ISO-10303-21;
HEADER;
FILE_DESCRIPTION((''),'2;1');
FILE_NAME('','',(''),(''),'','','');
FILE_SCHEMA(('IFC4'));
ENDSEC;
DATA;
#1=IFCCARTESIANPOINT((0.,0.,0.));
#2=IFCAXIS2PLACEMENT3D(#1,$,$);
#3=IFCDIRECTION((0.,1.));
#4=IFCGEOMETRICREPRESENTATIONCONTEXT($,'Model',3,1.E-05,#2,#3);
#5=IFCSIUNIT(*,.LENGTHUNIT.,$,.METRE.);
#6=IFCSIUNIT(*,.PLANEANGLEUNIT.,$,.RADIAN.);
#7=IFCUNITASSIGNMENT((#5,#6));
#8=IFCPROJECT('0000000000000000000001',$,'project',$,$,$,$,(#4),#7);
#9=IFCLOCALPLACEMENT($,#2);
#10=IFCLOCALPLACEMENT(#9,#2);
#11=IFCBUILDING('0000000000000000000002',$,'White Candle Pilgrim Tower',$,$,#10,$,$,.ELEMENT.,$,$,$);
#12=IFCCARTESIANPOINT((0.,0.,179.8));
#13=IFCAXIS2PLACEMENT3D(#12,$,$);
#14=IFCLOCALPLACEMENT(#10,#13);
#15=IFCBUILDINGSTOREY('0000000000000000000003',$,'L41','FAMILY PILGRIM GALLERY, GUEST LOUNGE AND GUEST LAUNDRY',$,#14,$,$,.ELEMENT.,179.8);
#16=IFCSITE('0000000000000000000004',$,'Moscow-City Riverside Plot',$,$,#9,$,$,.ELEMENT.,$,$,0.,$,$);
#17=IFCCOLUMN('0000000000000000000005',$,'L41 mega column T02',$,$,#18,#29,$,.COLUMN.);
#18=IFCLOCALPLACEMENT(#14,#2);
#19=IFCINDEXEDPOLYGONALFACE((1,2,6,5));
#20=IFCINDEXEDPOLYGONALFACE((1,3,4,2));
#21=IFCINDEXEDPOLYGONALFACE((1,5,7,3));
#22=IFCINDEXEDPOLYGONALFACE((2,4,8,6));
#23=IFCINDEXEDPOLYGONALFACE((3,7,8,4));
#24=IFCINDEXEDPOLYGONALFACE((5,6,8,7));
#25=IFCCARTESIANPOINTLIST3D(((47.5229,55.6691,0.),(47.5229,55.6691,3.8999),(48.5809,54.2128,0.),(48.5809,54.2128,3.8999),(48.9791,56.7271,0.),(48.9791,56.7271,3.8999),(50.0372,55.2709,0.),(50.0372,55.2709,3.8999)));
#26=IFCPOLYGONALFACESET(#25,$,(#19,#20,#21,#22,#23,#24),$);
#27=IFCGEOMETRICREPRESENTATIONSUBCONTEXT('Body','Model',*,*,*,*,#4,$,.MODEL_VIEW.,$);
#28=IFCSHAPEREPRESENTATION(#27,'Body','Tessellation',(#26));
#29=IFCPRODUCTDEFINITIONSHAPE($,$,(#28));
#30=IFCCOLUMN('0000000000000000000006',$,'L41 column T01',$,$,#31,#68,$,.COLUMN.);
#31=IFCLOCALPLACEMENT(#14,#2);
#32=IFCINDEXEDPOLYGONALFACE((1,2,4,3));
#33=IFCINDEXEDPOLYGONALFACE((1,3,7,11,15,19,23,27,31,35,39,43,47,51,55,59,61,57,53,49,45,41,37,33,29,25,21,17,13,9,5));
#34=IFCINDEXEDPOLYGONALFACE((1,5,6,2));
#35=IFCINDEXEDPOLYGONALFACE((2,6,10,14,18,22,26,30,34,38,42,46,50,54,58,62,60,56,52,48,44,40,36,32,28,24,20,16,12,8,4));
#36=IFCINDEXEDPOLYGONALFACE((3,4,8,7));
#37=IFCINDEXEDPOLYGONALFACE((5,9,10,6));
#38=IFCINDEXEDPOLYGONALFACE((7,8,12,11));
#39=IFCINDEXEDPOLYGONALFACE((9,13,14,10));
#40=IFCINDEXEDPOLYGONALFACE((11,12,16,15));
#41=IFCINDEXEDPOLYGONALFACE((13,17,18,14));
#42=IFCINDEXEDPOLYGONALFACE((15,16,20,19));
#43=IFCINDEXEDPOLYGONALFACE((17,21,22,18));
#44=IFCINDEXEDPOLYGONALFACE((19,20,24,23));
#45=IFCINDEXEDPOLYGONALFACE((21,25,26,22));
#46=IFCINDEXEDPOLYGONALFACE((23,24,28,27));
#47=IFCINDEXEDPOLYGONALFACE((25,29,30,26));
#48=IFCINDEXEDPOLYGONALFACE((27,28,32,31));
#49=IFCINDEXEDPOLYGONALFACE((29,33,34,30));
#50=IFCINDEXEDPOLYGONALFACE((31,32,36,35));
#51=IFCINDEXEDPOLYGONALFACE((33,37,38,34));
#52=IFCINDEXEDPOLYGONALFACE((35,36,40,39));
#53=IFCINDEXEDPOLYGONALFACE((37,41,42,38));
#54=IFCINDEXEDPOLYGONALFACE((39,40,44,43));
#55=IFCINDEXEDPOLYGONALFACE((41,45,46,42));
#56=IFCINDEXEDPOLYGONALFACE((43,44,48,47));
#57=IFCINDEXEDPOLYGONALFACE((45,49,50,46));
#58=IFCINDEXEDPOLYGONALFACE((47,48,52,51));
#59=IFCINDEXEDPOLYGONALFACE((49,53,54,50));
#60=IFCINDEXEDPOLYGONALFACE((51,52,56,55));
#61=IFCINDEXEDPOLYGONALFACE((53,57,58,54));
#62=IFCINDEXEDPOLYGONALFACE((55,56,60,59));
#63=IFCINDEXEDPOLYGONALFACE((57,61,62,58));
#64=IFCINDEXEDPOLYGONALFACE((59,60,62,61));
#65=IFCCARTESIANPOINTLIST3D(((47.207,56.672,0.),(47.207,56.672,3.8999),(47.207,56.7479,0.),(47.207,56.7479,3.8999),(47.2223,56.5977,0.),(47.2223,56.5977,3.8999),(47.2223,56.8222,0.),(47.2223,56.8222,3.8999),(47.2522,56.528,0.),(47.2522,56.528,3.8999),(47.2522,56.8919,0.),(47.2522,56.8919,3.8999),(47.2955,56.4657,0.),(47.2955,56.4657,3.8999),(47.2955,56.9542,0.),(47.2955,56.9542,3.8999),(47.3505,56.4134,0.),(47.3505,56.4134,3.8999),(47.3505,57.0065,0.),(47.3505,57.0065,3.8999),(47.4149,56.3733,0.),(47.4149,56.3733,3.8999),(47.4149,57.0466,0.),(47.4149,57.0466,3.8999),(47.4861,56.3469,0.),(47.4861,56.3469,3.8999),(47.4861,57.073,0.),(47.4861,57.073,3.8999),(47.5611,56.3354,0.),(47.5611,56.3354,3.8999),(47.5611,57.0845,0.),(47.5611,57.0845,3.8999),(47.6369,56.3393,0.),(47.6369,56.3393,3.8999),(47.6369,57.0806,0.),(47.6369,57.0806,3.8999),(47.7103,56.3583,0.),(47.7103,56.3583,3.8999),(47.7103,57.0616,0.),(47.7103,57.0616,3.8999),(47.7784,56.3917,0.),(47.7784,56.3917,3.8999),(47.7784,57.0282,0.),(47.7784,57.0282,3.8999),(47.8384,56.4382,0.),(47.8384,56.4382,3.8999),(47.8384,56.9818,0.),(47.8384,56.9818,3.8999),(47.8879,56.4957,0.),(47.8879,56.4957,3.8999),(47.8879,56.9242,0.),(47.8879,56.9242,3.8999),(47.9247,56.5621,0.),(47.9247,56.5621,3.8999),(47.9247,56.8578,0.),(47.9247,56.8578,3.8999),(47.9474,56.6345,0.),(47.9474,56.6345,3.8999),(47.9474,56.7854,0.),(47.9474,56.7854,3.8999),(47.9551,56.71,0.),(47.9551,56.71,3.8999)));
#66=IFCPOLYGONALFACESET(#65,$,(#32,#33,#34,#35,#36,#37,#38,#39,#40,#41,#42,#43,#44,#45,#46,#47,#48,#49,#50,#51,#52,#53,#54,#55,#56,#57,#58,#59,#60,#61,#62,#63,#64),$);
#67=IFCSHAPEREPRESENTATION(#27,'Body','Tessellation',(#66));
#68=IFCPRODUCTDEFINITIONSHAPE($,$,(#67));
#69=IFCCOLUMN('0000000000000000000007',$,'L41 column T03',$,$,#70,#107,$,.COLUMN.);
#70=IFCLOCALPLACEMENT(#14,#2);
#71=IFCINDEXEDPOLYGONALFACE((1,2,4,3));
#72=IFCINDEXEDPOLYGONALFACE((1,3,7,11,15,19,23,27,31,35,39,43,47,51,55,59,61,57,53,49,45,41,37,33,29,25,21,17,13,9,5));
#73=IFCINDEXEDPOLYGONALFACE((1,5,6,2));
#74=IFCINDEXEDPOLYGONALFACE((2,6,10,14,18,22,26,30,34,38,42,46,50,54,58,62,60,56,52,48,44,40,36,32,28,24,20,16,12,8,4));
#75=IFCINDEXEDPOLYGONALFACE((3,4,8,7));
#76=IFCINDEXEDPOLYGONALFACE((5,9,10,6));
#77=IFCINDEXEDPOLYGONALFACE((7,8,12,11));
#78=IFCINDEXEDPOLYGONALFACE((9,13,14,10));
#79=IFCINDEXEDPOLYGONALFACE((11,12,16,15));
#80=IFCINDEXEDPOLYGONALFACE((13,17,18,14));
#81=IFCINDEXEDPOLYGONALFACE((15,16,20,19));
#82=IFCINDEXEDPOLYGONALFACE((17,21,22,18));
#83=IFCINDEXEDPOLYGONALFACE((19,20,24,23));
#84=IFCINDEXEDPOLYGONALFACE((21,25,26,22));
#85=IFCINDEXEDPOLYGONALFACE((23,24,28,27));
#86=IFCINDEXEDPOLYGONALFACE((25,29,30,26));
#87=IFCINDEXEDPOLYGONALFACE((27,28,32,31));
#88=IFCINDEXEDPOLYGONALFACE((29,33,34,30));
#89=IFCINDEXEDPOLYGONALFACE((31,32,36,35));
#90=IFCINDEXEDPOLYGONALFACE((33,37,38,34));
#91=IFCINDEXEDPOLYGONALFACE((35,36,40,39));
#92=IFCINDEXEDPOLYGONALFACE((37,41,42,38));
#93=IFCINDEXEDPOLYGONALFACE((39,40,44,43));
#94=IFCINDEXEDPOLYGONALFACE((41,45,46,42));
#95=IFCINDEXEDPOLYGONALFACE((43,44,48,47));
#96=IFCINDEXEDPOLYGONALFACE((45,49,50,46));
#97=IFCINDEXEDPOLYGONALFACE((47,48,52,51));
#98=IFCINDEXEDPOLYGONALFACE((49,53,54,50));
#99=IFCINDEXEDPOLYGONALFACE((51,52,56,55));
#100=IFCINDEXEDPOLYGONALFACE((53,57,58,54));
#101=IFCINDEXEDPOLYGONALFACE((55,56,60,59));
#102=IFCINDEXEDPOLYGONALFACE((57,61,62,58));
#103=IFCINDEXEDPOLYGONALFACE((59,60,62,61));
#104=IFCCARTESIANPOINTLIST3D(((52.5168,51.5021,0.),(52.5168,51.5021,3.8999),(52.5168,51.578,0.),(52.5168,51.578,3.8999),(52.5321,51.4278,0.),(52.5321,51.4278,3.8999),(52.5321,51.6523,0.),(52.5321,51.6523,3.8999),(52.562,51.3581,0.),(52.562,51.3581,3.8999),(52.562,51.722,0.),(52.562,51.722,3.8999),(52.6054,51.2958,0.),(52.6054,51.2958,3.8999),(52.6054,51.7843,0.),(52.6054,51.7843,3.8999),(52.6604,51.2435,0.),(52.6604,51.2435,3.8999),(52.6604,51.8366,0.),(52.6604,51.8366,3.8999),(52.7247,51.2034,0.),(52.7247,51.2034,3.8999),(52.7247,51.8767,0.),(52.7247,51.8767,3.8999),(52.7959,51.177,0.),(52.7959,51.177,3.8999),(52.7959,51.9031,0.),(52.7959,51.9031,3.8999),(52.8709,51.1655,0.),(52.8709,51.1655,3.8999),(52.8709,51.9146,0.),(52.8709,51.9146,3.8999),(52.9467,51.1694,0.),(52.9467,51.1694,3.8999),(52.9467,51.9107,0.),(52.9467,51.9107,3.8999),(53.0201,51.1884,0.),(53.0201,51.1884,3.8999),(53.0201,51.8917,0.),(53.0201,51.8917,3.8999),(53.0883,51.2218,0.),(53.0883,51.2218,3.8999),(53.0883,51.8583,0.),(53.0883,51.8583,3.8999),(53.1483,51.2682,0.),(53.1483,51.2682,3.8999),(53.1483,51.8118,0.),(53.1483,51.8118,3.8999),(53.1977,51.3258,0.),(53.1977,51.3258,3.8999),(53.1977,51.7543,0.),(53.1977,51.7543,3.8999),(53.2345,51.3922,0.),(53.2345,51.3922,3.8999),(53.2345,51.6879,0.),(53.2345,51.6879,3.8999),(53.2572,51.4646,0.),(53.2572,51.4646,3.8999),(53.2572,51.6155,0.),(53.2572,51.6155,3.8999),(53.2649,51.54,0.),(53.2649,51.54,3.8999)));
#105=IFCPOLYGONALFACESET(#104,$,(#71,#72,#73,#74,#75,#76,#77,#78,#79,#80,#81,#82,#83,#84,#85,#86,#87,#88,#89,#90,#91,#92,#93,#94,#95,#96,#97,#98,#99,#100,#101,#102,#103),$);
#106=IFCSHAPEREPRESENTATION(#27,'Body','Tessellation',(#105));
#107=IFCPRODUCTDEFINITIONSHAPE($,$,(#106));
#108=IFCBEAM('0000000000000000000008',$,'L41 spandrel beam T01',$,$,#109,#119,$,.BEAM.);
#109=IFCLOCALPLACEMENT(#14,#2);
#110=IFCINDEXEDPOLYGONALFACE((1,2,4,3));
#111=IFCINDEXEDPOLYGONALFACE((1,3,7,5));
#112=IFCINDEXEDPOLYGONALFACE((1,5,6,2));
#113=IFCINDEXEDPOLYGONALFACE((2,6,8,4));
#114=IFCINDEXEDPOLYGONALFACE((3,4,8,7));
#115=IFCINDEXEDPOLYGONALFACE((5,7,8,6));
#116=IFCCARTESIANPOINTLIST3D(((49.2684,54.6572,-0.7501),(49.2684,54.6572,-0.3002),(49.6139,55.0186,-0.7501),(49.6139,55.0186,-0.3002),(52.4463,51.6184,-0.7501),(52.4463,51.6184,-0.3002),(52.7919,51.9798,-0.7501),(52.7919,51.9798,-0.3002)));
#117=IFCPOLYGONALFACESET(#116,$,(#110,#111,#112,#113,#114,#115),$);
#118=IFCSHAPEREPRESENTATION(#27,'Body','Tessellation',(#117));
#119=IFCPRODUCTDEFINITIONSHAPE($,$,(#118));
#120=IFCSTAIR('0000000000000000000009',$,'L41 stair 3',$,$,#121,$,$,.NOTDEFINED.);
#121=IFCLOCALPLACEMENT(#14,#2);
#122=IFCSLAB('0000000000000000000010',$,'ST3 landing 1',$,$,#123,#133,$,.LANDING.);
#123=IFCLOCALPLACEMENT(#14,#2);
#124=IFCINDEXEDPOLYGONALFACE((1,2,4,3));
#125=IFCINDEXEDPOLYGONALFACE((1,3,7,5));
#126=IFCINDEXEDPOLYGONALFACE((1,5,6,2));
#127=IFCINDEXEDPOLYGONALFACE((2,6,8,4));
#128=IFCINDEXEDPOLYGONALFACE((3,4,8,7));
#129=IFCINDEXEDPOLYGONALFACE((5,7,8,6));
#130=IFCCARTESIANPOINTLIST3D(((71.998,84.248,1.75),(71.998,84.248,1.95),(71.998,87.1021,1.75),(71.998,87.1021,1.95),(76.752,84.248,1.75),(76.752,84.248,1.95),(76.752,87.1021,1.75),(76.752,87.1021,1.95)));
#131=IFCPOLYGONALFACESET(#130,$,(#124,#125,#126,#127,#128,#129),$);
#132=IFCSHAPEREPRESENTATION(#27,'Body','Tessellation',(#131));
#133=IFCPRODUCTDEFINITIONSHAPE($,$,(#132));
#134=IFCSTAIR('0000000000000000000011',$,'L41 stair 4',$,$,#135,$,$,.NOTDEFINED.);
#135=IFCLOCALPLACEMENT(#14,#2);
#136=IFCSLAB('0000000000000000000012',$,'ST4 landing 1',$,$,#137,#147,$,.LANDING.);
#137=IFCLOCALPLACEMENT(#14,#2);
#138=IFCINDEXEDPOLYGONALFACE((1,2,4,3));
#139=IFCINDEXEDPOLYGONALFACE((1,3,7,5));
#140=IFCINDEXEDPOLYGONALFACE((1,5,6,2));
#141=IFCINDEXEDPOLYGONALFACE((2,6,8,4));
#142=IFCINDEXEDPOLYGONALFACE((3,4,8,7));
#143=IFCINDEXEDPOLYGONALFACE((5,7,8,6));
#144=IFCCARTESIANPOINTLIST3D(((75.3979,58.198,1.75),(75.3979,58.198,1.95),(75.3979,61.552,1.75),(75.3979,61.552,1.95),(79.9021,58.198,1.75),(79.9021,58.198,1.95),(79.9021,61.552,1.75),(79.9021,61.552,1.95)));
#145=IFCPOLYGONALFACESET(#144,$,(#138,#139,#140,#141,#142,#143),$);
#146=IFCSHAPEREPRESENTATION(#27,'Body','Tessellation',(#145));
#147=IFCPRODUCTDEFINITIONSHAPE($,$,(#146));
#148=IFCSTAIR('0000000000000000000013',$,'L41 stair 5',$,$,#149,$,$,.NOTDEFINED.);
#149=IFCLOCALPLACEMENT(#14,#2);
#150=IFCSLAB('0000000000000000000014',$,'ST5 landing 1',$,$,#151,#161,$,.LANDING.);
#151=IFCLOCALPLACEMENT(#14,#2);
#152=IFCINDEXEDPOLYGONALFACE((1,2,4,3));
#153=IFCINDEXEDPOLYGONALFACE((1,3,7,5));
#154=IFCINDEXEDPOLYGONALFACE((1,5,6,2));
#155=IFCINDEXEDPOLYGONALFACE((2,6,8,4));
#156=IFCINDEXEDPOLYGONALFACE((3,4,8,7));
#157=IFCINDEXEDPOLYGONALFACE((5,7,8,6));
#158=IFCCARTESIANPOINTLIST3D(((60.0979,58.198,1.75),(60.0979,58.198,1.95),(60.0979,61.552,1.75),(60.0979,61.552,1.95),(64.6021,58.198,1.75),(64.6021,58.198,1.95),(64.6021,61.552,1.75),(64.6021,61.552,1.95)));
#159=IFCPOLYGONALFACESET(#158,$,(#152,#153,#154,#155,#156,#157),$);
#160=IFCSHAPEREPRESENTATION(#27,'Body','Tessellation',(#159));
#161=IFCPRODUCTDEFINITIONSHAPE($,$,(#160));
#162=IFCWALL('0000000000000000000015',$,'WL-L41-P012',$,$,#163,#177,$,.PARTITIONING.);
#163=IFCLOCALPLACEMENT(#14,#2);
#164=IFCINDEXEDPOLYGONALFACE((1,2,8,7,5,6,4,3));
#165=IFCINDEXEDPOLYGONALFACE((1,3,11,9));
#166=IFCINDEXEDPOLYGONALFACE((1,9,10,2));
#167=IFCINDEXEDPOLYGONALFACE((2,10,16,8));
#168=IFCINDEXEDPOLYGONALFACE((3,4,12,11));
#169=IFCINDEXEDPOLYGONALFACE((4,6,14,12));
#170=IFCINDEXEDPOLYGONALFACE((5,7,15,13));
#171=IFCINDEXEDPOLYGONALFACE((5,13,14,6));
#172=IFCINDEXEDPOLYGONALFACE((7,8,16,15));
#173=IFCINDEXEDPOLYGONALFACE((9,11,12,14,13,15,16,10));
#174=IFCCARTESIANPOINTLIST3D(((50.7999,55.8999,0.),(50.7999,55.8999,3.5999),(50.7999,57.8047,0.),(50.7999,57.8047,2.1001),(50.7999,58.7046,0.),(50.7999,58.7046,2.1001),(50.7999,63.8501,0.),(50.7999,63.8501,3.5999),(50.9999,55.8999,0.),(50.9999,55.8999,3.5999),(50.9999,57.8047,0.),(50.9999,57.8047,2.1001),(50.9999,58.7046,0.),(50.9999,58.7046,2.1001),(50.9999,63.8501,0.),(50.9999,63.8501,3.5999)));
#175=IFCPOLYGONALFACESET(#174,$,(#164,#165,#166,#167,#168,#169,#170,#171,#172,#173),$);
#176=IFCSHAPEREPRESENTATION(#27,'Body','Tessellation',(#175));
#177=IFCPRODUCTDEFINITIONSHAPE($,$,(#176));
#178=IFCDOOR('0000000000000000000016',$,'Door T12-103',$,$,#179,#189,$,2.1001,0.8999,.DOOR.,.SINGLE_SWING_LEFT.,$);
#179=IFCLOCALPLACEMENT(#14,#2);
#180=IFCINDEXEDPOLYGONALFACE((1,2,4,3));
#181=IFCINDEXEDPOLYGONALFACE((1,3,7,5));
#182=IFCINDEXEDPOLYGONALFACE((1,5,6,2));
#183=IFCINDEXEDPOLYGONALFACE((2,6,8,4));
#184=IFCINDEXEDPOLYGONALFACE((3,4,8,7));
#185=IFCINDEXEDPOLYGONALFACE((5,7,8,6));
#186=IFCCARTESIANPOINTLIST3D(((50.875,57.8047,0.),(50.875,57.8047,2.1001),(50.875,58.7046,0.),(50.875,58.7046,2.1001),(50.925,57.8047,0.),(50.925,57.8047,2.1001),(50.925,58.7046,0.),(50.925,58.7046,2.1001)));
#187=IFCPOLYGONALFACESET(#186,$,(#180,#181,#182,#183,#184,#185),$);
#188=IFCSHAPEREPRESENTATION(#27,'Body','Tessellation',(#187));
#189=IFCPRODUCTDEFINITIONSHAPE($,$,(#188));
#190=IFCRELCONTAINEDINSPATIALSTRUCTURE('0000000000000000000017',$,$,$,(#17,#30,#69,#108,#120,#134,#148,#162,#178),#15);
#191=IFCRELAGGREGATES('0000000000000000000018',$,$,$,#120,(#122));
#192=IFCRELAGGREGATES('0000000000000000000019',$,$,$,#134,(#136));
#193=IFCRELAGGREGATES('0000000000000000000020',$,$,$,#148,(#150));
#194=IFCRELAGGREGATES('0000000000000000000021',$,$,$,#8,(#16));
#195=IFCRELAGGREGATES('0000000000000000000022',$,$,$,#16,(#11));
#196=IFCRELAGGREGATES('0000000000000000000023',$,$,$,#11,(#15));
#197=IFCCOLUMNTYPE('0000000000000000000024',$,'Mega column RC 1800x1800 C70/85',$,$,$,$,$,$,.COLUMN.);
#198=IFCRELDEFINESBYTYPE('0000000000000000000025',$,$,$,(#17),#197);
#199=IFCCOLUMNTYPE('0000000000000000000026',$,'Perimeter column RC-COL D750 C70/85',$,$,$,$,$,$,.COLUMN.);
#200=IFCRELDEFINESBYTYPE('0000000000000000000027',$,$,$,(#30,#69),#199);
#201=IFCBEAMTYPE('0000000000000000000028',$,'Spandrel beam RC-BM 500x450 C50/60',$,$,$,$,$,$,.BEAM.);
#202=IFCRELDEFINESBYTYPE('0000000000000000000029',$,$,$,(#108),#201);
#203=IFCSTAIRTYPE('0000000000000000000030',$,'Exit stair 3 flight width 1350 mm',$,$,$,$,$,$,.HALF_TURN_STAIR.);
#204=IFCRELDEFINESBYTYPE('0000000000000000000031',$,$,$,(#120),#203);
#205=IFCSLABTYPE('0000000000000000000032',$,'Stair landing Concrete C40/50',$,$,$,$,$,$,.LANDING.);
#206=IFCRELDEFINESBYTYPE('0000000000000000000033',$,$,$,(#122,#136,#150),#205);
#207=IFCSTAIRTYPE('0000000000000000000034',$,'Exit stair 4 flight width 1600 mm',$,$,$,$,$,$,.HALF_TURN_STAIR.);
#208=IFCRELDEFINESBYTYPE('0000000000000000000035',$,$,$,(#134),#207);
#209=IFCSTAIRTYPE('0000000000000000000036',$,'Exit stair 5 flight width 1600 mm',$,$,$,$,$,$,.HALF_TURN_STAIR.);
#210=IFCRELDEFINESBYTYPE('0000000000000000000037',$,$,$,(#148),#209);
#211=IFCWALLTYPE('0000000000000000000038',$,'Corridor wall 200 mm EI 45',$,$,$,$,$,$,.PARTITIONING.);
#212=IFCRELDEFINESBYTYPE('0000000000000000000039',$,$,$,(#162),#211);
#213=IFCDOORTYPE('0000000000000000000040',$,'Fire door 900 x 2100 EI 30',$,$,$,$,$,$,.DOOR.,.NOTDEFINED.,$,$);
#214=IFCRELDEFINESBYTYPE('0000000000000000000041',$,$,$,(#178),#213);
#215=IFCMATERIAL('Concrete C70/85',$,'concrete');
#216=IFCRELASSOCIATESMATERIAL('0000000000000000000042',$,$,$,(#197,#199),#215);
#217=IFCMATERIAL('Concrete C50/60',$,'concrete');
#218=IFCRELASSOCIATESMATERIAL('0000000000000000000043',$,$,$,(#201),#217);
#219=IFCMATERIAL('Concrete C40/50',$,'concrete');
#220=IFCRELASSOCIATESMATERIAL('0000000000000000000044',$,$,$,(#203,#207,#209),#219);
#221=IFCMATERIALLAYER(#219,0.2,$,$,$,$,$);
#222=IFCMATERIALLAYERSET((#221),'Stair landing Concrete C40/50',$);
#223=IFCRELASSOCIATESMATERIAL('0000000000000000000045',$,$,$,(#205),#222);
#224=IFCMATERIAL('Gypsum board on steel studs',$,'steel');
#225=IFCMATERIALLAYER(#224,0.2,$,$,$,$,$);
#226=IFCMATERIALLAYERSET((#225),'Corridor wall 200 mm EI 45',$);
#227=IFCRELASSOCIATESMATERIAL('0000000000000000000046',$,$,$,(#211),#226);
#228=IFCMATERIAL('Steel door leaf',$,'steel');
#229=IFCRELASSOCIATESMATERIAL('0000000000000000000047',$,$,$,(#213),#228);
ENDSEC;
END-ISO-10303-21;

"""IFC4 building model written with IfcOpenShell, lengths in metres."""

from ifc_helpers import new_model, si_unit, direction, frame, frame_2d, origin, origin_2d, place, context, subcontext, project, spatial, polyline, rectangle, circle, outline, extrude, material, layer, layer_set, material_profile, profile_set, type_object, element, fill, aggregate, save


model = new_model("IFC4")

# Units and contexts
model_context = context("Model", 3, precision=1e-05, world=origin(), true_north=direction((0.0, 1.0)))
body_context = subcontext(model_context, "Body", "Model", "MODEL_VIEW")
ifc_project = project(units=[si_unit("LENGTHUNIT", "METRE"), si_unit("PLANEANGLEUNIT", "RADIAN")], contexts=[model_context])

# Site, building, storey
site_placement = place(None, origin())
site = spatial("IfcSite", under=ifc_project, at=site_placement, Name="Moscow-City Riverside Plot", CompositionType="ELEMENT", RefElevation=0.0)
building_placement = place(site_placement, origin())
building = spatial("IfcBuilding", under=site, at=building_placement, Name="White Candle Pilgrim Tower", CompositionType="ELEMENT")
storey_placement = place(building_placement, frame((0.0, 0.0, 179.8)))
storey = spatial("IfcBuildingStorey", under=building, at=storey_placement, Name="L41", Description="FAMILY PILGRIM GALLERY, GUEST LOUNGE AND GUEST LAUNDRY", CompositionType="ELEMENT", Elevation=179.8)

# Columns
ifc_material_1 = material(Name="Concrete C70/85", Category="concrete")
ifc_material_profile_1 = material_profile(ifc_material_1, rectangle(XDim=1.8, YDim=1.8, at=origin_2d()), Name="RC 1800x1800")
ifc_profile_set_1 = profile_set([ifc_material_profile_1], Name="Concrete C70/85")
column_type_1 = type_object("IfcColumnType", Name="Mega column RC 1800x1800 C70/85", PredefinedType="COLUMN", material=ifc_profile_set_1)
column_placement = place(storey_placement, frame((48.78, 55.47, 0.0), z_axis=(0.0, 0.0, 1.0), x_axis=(-0.809017, -0.587785, 0.0)))
element("IfcColumn", 1, at=column_placement, inside=storey, type_object=column_type_1, Name="L41 mega column T02", PredefinedType="COLUMN", context=body_context, shape_type="SweptSolid", body=[
    extrude(rectangle(XDim=1.8, YDim=1.8, at=origin_2d()), origin(), (0.0, 0.0, 1.0), 3.8999),
])
ifc_material_profile_2 = material_profile(ifc_material_1, circle(Radius=0.375, at=origin_2d()), Name="RC-COL D750")
ifc_profile_set_2 = profile_set([ifc_material_profile_2], Name="Concrete C70/85")
column_type_2 = type_object("IfcColumnType", Name="Perimeter column RC-COL D750 C70/85", PredefinedType="COLUMN", material=ifc_profile_set_2)
for number, where, z_axis, x_axis, name in (
    (2, (47.5801, 56.71, 0.0), (0.0, 0.0, 1.0), (1.0, 0.0, 0.0), "L41 column T01"),
    (3, (52.8899, 51.54, 0.0), (0.0, 0.0, 1.0), (1.0, 0.0, 0.0), "L41 column T03"),
):
    element("IfcColumn", number, at=place(storey_placement, frame(where, z_axis=z_axis, x_axis=x_axis)), inside=storey, type_object=column_type_2, Name=name, PredefinedType="COLUMN", context=body_context, shape_type="SweptSolid", body=[
        extrude(circle(Radius=0.375, at=origin_2d()), origin(), (0.0, 0.0, 1.0), 3.8999),
    ])

# Beam
ifc_material_2 = material(Name="Concrete C50/60", Category="concrete")
ifc_material_profile_3 = material_profile(ifc_material_2, rectangle(XDim=0.5, YDim=0.45, at=origin_2d()), Name="RC-BM 500x450")
ifc_profile_set_3 = profile_set([ifc_material_profile_3], Name="Concrete C50/60")
beam_type = type_object("IfcBeamType", Name="Spandrel beam RC-BM 500x450 C50/60", PredefinedType="BEAM", material=ifc_profile_set_3)
beam_placement = place(storey_placement, frame((49.4412, 54.8379, -0.5251), z_axis=(0.722754, -0.691105, 0.0), x_axis=(0.691105, 0.722754, 0.0)))
element("IfcBeam", 4, at=beam_placement, inside=storey, type_object=beam_type, Name="L41 spandrel beam T01", PredefinedType="BEAM", context=body_context, shape_type="SweptSolid", body=[
    extrude(rectangle(XDim=0.5, YDim=0.45, at=origin_2d()), origin(), (0.0, 0.0, 1.0), 4.397),
])

# Stairs, slabs
ifc_material_3 = material(Name="Concrete C40/50", Category="concrete")
stair_type_1 = type_object("IfcStairType", Name="Exit stair 3 flight width 1350 mm", PredefinedType="HALF_TURN_STAIR", material=ifc_material_3)
stair_1_placement = place(storey_placement, origin())
stair_1 = element("IfcStair", 5, at=stair_1_placement, inside=storey, type_object=stair_type_1, Name="L41 stair 3", PredefinedType="NOTDEFINED")
ifc_layer_1 = layer(ifc_material_3, 0.2)
ifc_layer_set_1 = layer_set([ifc_layer_1], Name="Stair landing Concrete C40/50")
slab_type = type_object("IfcSlabType", Name="Stair landing Concrete C40/50", PredefinedType="LANDING", material=ifc_layer_set_1)
slab_1_placement = place(storey_placement, frame((0.0, 0.0, 1.75)))
slab_1 = element("IfcSlab", 6, at=slab_1_placement, type_object=slab_type, Name="ST3 landing 1", PredefinedType="LANDING", context=body_context, shape_type="SweptSolid", body=[
    extrude(outline(polyline([(71.998, 84.248), (71.998, 87.1021), (76.752, 87.1021), (76.752, 84.248), (71.998, 84.248)])), origin(), (0.0, 0.0, 1.0), 0.2),
])
aggregate(stair_1, [slab_1])
stair_type_2 = type_object("IfcStairType", Name="Exit stair 4 flight width 1600 mm", PredefinedType="HALF_TURN_STAIR", material=ifc_material_3)
stair_2_placement = place(storey_placement, origin())
stair_2 = element("IfcStair", 7, at=stair_2_placement, inside=storey, type_object=stair_type_2, Name="L41 stair 4", PredefinedType="NOTDEFINED")
slab_2_placement = place(storey_placement, frame((0.0, 0.0, 1.75)))
slab_2 = element("IfcSlab", 8, at=slab_2_placement, type_object=slab_type, Name="ST4 landing 1", PredefinedType="LANDING", context=body_context, shape_type="SweptSolid", body=[
    extrude(outline(polyline([(79.9021, 61.552), (79.9021, 58.198), (75.3979, 58.198), (75.3979, 61.552), (79.9021, 61.552)])), origin(), (0.0, 0.0, 1.0), 0.2),
])
aggregate(stair_2, [slab_2])
stair_type_3 = type_object("IfcStairType", Name="Exit stair 5 flight width 1600 mm", PredefinedType="HALF_TURN_STAIR", material=ifc_material_3)
stair_3_placement = place(storey_placement, origin())
stair_3 = element("IfcStair", 9, at=stair_3_placement, inside=storey, type_object=stair_type_3, Name="L41 stair 5", PredefinedType="NOTDEFINED")
slab_3_placement = place(storey_placement, frame((0.0, 0.0, 1.75)))
slab_3 = element("IfcSlab", 10, at=slab_3_placement, type_object=slab_type, Name="ST5 landing 1", PredefinedType="LANDING", context=body_context, shape_type="SweptSolid", body=[
    extrude(outline(polyline([(60.0979, 58.198), (60.0979, 61.552), (64.6021, 61.552), (64.6021, 58.198), (60.0979, 58.198)])), origin(), (0.0, 0.0, 1.0), 0.2),
])
aggregate(stair_3, [slab_3])

# Wall, opening, door
ifc_material_4 = material(Name="Gypsum board on steel studs", Category="steel")
ifc_layer_2 = layer(ifc_material_4, 0.2)
ifc_layer_set_2 = layer_set([ifc_layer_2], Name="Corridor wall 200 mm EI 45")
wall_type_1 = type_object("IfcWallType", Name="Corridor wall 200 mm EI 45", PredefinedType="PARTITIONING", material=ifc_layer_set_2)
wall_1_placement = place(storey_placement, frame((50.8999, 55.8999, 0.0), z_axis=(0.0, 0.0, 1.0), x_axis=(0.0, 1.0, 0.0)))
wall_1 = element("IfcWall", 11, at=wall_1_placement, inside=storey, type_object=wall_type_1, Name="WL-L41-P012", PredefinedType="PARTITIONING", context=body_context, shape_type="SweptSolid", body=[
    extrude(rectangle(XDim=7.9502, YDim=0.2, at=frame_2d((3.9751, 0.0))), origin(), (0.0, 0.0, 1.0), 3.5999),
])
opening_1_placement = place(wall_1_placement, frame((1.9048, 0.0, 0.0)))
opening_1 = element("IfcOpeningElement", 12, at=opening_1_placement, cuts=wall_1, PredefinedType="OPENING", context=body_context, shape_type="SweptSolid", body=[
    extrude(rectangle(XDim=0.8999, YDim=2.1001, at=frame_2d((0.45, 1.05))), frame((0.0, 0.1099, 0.0), z_axis=(0.0, -1.0, 0.0), x_axis=(1.0, 0.0, 0.0)), (0.0, 0.0, 1.0), 0.22),
])
ifc_material_5 = material(Name="Steel door leaf", Category="steel")
door_type_1 = type_object("IfcDoorType", Name="Fire door 900 x 2100 EI 30", OperationType="NOTDEFINED", PredefinedType="DOOR", material=ifc_material_5)
door_1_placement = place(opening_1_placement, origin())
door_1 = element("IfcDoor", 13, at=door_1_placement, inside=storey, type_object=door_type_1, Name="Door T12-103", OperationType="SINGLE_SWING_LEFT", OverallHeight=2.1001, OverallWidth=0.8999, PredefinedType="DOOR", context=body_context, shape_type="SweptSolid", body=[
    extrude(rectangle(XDim=0.8999, YDim=2.1001, at=frame_2d((0.45, 1.05))), frame((0.0, 0.0249, 0.0), z_axis=(0.0, -1.0, 0.0), x_axis=(1.0, 0.0, 0.0)), (0.0, 0.0, 1.0), 0.05),
])
fill(opening_1, door_1)

save(model, "model.ifc")
